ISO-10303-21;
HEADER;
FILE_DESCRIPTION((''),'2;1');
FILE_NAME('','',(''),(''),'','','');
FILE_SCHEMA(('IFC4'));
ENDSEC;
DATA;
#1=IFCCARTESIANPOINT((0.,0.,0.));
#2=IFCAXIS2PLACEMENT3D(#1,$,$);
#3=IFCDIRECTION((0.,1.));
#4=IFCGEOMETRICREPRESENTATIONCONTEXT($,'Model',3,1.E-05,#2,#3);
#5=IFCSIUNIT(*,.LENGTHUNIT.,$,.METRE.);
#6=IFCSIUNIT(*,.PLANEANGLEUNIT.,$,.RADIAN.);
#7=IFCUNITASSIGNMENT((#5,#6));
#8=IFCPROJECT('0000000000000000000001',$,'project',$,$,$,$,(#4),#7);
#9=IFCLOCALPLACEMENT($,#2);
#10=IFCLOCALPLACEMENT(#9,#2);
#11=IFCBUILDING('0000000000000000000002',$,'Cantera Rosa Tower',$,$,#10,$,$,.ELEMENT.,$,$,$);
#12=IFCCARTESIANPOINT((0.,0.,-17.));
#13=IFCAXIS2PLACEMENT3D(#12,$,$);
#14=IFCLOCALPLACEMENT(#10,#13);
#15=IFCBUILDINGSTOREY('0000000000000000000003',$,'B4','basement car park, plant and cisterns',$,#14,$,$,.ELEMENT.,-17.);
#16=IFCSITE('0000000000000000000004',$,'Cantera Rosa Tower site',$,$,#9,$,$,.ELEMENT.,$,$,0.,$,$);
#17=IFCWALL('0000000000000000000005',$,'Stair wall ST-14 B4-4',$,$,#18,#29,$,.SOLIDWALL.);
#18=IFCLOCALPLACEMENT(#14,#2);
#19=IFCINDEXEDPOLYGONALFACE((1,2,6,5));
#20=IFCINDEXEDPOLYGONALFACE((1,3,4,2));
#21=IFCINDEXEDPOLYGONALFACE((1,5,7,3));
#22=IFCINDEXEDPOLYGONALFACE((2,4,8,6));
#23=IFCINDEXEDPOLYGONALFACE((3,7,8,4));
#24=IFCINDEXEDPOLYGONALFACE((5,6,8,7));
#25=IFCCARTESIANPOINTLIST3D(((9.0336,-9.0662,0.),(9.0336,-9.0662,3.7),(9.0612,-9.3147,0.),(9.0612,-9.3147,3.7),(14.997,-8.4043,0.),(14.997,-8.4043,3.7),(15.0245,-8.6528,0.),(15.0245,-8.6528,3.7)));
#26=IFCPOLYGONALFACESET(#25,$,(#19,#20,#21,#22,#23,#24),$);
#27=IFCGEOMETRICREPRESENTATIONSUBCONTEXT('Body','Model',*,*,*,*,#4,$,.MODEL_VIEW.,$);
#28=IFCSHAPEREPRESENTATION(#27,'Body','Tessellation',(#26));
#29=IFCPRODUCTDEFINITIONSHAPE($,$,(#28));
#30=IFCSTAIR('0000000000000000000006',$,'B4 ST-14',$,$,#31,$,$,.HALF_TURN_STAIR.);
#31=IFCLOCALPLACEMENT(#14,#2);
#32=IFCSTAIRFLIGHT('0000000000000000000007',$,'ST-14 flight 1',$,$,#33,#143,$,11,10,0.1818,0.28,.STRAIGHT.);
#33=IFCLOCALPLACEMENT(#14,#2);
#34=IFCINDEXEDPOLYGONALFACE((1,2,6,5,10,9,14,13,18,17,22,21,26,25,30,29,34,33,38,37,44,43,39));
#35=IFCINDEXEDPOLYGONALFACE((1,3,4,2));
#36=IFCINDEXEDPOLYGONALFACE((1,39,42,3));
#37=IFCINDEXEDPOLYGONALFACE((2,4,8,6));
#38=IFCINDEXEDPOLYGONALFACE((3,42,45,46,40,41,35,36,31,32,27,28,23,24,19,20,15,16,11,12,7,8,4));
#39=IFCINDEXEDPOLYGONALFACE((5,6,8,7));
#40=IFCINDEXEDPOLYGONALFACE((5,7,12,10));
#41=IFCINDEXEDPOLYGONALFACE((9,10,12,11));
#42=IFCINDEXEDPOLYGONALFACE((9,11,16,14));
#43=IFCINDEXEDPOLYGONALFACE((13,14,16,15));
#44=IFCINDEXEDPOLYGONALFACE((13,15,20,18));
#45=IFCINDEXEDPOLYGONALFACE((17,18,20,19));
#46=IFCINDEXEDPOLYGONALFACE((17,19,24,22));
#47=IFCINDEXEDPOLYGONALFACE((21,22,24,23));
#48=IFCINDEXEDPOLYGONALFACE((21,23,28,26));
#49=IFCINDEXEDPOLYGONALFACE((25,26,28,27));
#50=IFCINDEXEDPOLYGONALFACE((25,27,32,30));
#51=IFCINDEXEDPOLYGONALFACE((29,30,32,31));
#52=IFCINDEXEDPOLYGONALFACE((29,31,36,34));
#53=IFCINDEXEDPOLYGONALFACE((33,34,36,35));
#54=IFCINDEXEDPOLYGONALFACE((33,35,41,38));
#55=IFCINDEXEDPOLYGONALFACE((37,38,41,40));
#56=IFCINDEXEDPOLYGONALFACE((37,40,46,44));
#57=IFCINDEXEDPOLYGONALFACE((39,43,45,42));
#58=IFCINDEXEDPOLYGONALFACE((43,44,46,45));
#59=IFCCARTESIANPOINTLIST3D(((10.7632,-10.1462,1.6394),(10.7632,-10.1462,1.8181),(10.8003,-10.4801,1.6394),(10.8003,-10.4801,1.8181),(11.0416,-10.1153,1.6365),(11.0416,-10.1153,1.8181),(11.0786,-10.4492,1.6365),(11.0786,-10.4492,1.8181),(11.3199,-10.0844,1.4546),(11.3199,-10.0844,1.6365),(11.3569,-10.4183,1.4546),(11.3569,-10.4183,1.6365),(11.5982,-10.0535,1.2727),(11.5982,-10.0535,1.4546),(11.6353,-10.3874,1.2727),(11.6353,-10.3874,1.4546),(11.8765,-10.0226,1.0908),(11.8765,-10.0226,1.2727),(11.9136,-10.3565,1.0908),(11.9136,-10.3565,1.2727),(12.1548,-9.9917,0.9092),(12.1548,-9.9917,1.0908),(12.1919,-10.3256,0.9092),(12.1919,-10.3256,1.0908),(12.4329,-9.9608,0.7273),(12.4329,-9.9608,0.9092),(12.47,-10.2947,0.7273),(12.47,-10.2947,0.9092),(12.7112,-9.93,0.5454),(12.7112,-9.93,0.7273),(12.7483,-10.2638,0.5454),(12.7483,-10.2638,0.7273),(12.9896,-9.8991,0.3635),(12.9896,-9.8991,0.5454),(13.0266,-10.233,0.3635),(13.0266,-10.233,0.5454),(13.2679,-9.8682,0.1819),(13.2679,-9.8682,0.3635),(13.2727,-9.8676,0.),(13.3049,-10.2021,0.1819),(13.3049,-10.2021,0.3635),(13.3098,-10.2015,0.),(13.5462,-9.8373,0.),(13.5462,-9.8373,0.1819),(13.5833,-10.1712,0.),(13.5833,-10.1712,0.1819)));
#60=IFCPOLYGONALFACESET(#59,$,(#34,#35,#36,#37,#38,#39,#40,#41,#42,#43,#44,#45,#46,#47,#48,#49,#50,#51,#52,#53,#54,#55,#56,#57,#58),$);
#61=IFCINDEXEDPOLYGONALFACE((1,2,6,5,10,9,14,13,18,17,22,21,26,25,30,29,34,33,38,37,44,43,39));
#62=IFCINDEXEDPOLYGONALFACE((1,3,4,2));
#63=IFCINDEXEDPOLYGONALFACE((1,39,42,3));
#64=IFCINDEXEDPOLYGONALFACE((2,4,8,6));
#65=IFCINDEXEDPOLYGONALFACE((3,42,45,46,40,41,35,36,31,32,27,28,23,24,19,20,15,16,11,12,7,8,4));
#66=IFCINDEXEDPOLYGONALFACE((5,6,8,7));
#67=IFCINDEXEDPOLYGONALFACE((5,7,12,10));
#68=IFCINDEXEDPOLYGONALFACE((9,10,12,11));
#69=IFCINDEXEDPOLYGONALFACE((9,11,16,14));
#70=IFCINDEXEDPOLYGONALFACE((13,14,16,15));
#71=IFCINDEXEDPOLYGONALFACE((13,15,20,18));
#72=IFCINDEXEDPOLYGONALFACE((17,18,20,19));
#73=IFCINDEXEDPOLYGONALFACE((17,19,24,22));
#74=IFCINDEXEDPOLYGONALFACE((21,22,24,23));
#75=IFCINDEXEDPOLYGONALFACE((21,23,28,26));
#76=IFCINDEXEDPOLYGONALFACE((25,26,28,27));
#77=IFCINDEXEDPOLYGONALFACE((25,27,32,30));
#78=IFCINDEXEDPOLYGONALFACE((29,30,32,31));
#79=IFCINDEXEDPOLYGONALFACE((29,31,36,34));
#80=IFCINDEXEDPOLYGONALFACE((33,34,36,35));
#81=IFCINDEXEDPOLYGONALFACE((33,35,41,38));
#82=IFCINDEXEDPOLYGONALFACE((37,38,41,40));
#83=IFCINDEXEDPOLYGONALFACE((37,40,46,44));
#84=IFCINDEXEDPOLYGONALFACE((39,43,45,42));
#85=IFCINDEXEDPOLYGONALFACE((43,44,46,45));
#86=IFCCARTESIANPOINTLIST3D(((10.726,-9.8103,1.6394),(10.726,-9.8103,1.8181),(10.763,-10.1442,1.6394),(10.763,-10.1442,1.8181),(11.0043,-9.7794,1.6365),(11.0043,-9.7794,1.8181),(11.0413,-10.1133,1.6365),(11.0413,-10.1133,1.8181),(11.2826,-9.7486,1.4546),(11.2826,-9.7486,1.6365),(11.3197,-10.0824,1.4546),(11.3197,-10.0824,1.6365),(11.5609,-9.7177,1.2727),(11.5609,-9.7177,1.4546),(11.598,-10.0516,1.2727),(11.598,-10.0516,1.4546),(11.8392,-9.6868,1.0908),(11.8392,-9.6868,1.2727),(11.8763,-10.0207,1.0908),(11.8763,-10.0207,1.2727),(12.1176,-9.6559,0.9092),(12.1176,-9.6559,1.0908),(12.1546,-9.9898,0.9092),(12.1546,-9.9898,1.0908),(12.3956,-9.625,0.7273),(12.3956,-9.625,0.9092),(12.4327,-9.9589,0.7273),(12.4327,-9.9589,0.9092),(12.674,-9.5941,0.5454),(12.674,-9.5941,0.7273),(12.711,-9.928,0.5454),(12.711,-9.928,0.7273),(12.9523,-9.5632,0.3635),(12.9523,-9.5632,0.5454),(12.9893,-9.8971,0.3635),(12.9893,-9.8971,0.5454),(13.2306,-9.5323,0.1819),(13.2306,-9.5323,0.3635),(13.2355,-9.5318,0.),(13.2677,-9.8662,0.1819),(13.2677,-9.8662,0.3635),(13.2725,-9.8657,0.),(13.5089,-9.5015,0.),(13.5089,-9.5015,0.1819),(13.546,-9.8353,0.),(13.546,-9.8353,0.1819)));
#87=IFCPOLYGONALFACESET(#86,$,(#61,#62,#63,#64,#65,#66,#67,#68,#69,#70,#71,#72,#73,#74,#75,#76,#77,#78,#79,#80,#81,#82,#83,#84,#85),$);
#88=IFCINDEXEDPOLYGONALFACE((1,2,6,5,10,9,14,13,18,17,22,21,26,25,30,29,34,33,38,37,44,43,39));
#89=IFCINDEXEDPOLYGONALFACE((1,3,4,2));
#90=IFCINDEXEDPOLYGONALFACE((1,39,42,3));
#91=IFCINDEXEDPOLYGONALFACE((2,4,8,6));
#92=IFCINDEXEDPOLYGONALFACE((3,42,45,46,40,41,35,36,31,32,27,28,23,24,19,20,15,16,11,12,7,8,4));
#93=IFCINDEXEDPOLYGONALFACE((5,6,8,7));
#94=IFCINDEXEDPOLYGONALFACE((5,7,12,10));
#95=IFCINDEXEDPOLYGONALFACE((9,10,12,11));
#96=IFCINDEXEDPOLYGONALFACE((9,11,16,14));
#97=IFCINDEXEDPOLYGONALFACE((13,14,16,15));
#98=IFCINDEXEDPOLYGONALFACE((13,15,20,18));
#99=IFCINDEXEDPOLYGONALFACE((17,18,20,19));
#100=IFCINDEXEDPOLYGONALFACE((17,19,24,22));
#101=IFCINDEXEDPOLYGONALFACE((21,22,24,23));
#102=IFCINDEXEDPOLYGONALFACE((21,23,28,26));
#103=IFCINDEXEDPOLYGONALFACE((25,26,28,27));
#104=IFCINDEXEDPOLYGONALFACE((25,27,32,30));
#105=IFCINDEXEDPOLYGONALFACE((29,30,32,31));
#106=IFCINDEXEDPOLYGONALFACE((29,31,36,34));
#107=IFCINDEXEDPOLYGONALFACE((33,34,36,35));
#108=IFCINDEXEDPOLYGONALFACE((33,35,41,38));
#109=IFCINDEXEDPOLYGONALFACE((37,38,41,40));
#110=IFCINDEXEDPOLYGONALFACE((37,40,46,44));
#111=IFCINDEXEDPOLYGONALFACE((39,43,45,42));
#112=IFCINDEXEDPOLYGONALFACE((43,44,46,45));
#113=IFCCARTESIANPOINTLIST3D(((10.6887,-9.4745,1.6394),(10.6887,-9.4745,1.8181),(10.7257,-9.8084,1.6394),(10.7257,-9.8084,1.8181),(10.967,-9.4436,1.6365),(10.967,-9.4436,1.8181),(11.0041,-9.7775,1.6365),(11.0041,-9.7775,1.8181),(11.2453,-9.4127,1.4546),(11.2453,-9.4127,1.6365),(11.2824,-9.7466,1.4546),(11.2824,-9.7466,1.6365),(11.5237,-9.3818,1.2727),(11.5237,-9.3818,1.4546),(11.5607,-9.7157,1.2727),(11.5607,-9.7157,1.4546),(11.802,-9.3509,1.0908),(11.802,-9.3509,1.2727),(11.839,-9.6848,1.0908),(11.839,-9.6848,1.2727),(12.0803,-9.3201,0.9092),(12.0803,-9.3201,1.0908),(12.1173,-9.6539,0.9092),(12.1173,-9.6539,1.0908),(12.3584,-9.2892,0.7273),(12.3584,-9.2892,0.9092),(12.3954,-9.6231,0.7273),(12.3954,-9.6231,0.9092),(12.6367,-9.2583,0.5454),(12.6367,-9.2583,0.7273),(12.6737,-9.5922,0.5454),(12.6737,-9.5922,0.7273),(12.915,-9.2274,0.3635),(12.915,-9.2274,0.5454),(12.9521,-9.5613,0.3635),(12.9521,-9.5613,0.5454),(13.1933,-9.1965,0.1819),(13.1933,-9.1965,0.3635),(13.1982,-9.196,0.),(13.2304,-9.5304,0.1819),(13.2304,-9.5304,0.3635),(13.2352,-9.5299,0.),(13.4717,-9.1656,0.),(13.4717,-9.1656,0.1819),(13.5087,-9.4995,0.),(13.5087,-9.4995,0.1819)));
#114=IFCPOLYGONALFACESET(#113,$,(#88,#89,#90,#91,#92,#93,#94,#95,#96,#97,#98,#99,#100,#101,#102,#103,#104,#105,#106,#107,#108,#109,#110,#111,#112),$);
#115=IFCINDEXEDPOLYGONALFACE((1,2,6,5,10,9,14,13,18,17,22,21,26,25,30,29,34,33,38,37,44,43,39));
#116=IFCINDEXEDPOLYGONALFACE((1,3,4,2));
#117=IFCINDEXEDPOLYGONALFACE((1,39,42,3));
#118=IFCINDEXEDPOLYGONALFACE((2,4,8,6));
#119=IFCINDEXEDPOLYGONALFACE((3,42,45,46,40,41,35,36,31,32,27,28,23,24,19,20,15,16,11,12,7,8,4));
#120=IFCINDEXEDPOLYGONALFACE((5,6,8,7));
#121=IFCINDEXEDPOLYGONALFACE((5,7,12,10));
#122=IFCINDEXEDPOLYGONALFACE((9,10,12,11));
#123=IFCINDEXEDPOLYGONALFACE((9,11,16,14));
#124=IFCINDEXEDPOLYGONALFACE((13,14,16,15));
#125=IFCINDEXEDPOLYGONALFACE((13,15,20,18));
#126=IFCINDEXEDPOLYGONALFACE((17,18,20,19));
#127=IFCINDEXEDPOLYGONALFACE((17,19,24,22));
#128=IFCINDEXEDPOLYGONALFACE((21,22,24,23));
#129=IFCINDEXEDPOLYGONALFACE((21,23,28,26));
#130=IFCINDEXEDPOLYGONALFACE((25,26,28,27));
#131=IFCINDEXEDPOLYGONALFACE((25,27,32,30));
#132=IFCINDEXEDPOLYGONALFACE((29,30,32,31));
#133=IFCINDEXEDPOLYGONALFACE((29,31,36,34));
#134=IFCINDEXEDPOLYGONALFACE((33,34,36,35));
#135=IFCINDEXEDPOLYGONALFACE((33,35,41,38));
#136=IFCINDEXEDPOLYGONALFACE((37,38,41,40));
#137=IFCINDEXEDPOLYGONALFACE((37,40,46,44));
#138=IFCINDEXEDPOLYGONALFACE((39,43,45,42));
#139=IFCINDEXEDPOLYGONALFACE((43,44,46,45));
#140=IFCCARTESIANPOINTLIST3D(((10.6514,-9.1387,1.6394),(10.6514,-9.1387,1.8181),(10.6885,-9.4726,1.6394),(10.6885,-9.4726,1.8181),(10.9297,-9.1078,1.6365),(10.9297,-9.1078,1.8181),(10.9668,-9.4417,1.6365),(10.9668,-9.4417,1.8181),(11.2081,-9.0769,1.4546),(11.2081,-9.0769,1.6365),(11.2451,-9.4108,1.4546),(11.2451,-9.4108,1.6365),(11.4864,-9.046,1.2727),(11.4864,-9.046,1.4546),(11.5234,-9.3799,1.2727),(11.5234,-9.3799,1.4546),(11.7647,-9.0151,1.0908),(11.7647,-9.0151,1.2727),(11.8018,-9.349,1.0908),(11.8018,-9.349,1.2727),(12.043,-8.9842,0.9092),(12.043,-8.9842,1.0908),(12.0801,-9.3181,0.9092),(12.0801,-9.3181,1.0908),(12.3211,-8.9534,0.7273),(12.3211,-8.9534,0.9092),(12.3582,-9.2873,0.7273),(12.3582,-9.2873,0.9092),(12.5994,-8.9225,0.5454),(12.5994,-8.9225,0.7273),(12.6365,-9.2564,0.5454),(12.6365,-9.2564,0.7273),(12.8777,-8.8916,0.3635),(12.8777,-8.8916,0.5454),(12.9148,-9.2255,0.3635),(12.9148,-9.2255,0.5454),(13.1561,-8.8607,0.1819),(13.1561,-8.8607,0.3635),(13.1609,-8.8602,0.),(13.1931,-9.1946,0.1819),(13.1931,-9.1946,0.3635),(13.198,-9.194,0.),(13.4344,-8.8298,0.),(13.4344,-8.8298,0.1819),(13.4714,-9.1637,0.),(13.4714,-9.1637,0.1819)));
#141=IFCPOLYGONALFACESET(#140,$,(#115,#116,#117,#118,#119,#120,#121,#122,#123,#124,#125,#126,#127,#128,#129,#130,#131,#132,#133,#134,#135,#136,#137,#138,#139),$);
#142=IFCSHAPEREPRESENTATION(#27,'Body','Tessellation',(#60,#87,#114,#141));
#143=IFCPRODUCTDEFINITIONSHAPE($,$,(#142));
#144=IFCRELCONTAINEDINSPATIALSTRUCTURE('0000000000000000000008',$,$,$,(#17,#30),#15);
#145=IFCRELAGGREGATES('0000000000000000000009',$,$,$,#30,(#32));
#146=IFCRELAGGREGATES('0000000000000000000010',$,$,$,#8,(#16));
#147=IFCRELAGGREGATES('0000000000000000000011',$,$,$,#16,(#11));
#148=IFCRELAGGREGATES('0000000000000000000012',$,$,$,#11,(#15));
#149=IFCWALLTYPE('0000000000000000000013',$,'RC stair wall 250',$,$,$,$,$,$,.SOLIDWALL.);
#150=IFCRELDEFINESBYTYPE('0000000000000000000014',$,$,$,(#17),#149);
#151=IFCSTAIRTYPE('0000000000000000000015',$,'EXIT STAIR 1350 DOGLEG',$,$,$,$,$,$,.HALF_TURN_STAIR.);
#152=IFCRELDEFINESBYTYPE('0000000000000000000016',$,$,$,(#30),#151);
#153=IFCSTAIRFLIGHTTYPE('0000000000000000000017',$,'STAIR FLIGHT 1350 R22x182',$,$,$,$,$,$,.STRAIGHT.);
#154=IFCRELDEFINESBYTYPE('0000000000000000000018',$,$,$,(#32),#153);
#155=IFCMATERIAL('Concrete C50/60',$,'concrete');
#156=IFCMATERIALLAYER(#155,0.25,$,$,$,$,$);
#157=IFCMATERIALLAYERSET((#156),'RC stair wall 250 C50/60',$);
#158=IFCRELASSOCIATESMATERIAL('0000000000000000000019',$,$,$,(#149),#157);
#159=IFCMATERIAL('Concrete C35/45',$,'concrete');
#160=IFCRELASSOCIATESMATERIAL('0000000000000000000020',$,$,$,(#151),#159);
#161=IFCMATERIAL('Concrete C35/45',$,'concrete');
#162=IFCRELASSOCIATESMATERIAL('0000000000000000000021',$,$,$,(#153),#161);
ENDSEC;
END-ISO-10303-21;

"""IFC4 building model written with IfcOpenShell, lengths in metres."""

from ifc_helpers import new_model, si_unit, direction, frame, frame_2d, origin, place, context, subcontext, project, spatial, polyline, rectangle, outline, extrude, material, layer, layer_set, type_object, element, aggregate, save


model = new_model("IFC4")

# Units and contexts
model_context = context("Model", 3, precision=1e-05, world=origin(), true_north=direction((0.0, 1.0)))
body_context = subcontext(model_context, "Body", "Model", "MODEL_VIEW")
ifc_project = project(units=[si_unit("LENGTHUNIT", "METRE"), si_unit("PLANEANGLEUNIT", "RADIAN")], contexts=[model_context])

# Site, building, storey
site_placement = place(None, origin())
site = spatial("IfcSite", under=ifc_project, at=site_placement, Name="Cantera Rosa Tower site", CompositionType="ELEMENT", RefElevation=0.0)
building_placement = place(site_placement, origin())
building = spatial("IfcBuilding", under=site, at=building_placement, Name="Cantera Rosa Tower", CompositionType="ELEMENT")
storey_placement = place(building_placement, frame((0.0, 0.0, -17.0)))
storey = spatial("IfcBuildingStorey", under=building, at=storey_placement, Name="B4", Description="basement car park, plant and cisterns", CompositionType="ELEMENT", Elevation=-17.0)

# Wall
ifc_material_1 = material(Name="Concrete C50/60", Category="concrete")
ifc_layer_1 = layer(ifc_material_1, 0.25)
ifc_layer_set_1 = layer_set([ifc_layer_1], Name="RC stair wall 250 C50/60")
wall_type_1 = type_object("IfcWallType", Name="RC stair wall 250", PredefinedType="SOLIDWALL", material=ifc_layer_set_1)
wall_1_placement = place(storey_placement, frame((9.0474, -9.1904, 0.0), z_axis=(0.0, 0.0, 1.0), x_axis=(0.993897, 0.110311, 0.0)))
element("IfcWall", 1, at=wall_1_placement, inside=storey, type_object=wall_type_1, Name="Stair wall ST-14 B4-4", PredefinedType="SOLIDWALL", context=body_context, shape_type="SweptSolid", body=[
    extrude(rectangle(XDim=6.0, YDim=0.25, at=frame_2d((3.0, 0.0))), origin(), (0.0, 0.0, 1.0), 3.7),
])

# Stair, stair flight
ifc_material_2 = material(Name="Concrete C35/45", Category="concrete")
stair_type = type_object("IfcStairType", Name="EXIT STAIR 1350 DOGLEG", PredefinedType="HALF_TURN_STAIR", material=ifc_material_2)
stair_placement = place(storey_placement, origin())
stair = element("IfcStair", 2, at=stair_placement, inside=storey, type_object=stair_type, Name="B4 ST-14", PredefinedType="HALF_TURN_STAIR")
ifc_material_3 = material(Name="Concrete C35/45", Category="concrete")
stair_flight_type = type_object("IfcStairFlightType", Name="STAIR FLIGHT 1350 R22x182", PredefinedType="STRAIGHT", material=ifc_material_3)
stair_flight_placement = place(storey_placement, frame((13.5088, -9.5002, 0.0), z_axis=(0.0, 0.0, 1.0), x_axis=(-0.993897, -0.110313, 0.0)))
stair_flight = element("IfcStairFlight", 3, at=stair_flight_placement, type_object=stair_flight_type, Name="ST-14 flight 1", NumberOfRisers=11, NumberOfTreads=10, PredefinedType="STRAIGHT", RiserHeight=0.1818, TreadLength=0.28, context=body_context, shape_type="SweptSolid", body=[
    extrude(outline(polyline([(0.0, 0.0), (0.0, 0.1819), (0.28, 0.1819), (0.28, 0.3635), (0.5601, 0.3635), (0.5601, 0.5454), (0.8401, 0.5454), (0.8401, 0.7273), (1.1201, 0.7273), (1.1201, 0.9092), (1.3999, 0.9092), (1.3999, 1.0908), (1.6799, 1.0908), (1.6799, 1.2727), (1.96, 1.2727), (1.96, 1.4546), (2.24, 1.4546), (2.24, 1.6365), (2.52, 1.6365), (2.52, 1.8181), (2.8, 1.8181), (2.8, 2.0), (2.8, 1.6394), (0.2751, 0.0), (0.0, 0.0)])), frame((0.0, 0.675, 0.0), z_axis=(0.0, -1.0, 0.0), x_axis=(1.0, 0.0, 0.0)), (0.0, 0.0, 1.0), 0.3359),
    extrude(outline(polyline([(0.0, 0.0), (0.0, 0.1819), (0.28, 0.1819), (0.28, 0.3635), (0.5601, 0.3635), (0.5601, 0.5454), (0.8401, 0.5454), (0.8401, 0.7273), (1.1201, 0.7273), (1.1201, 0.9092), (1.3999, 0.9092), (1.3999, 1.0908), (1.6799, 1.0908), (1.6799, 1.2727), (1.96, 1.2727), (1.96, 1.4546), (2.24, 1.4546), (2.24, 1.6365), (2.52, 1.6365), (2.52, 1.8181), (2.8, 1.8181), (2.8, 2.0), (2.8, 1.6394), (0.2751, 0.0), (0.0, 0.0)])), frame((0.0, 0.3372, 0.0), z_axis=(0.0, -1.0, 0.0), x_axis=(1.0, 0.0, 0.0)), (0.0, 0.0, 1.0), 0.3359),
    extrude(outline(polyline([(0.0, 0.0), (0.0, 0.1819), (0.28, 0.1819), (0.28, 0.3635), (0.5601, 0.3635), (0.5601, 0.5454), (0.8401, 0.5454), (0.8401, 0.7273), (1.1201, 0.7273), (1.1201, 0.9092), (1.3999, 0.9092), (1.3999, 1.0908), (1.6799, 1.0908), (1.6799, 1.2727), (1.96, 1.2727), (1.96, 1.4546), (2.24, 1.4546), (2.24, 1.6365), (2.52, 1.6365), (2.52, 1.8181), (2.8, 1.8181), (2.8, 2.0), (2.8, 1.6394), (0.2751, 0.0), (0.0, 0.0)])), frame((0.0, -0.0007, 0.0), z_axis=(0.0, -1.0, 0.0), x_axis=(1.0, 0.0, 0.0)), (0.0, 0.0, 1.0), 0.3359),
    extrude(outline(polyline([(0.0, 0.0), (0.0, 0.1819), (0.28, 0.1819), (0.28, 0.3635), (0.5601, 0.3635), (0.5601, 0.5454), (0.8401, 0.5454), (0.8401, 0.7273), (1.1201, 0.7273), (1.1201, 0.9092), (1.3999, 0.9092), (1.3999, 1.0908), (1.6799, 1.0908), (1.6799, 1.2727), (1.96, 1.2727), (1.96, 1.4546), (2.24, 1.4546), (2.24, 1.6365), (2.52, 1.6365), (2.52, 1.8181), (2.8, 1.8181), (2.8, 2.0), (2.8, 1.6394), (0.2751, 0.0), (0.0, 0.0)])), frame((0.0, -0.3386, 0.0), z_axis=(0.0, -1.0, 0.0), x_axis=(1.0, 0.0, 0.0)), (0.0, 0.0, 1.0), 0.3359),
])
aggregate(stair, [stair_flight])

save(model, "model.ifc")
